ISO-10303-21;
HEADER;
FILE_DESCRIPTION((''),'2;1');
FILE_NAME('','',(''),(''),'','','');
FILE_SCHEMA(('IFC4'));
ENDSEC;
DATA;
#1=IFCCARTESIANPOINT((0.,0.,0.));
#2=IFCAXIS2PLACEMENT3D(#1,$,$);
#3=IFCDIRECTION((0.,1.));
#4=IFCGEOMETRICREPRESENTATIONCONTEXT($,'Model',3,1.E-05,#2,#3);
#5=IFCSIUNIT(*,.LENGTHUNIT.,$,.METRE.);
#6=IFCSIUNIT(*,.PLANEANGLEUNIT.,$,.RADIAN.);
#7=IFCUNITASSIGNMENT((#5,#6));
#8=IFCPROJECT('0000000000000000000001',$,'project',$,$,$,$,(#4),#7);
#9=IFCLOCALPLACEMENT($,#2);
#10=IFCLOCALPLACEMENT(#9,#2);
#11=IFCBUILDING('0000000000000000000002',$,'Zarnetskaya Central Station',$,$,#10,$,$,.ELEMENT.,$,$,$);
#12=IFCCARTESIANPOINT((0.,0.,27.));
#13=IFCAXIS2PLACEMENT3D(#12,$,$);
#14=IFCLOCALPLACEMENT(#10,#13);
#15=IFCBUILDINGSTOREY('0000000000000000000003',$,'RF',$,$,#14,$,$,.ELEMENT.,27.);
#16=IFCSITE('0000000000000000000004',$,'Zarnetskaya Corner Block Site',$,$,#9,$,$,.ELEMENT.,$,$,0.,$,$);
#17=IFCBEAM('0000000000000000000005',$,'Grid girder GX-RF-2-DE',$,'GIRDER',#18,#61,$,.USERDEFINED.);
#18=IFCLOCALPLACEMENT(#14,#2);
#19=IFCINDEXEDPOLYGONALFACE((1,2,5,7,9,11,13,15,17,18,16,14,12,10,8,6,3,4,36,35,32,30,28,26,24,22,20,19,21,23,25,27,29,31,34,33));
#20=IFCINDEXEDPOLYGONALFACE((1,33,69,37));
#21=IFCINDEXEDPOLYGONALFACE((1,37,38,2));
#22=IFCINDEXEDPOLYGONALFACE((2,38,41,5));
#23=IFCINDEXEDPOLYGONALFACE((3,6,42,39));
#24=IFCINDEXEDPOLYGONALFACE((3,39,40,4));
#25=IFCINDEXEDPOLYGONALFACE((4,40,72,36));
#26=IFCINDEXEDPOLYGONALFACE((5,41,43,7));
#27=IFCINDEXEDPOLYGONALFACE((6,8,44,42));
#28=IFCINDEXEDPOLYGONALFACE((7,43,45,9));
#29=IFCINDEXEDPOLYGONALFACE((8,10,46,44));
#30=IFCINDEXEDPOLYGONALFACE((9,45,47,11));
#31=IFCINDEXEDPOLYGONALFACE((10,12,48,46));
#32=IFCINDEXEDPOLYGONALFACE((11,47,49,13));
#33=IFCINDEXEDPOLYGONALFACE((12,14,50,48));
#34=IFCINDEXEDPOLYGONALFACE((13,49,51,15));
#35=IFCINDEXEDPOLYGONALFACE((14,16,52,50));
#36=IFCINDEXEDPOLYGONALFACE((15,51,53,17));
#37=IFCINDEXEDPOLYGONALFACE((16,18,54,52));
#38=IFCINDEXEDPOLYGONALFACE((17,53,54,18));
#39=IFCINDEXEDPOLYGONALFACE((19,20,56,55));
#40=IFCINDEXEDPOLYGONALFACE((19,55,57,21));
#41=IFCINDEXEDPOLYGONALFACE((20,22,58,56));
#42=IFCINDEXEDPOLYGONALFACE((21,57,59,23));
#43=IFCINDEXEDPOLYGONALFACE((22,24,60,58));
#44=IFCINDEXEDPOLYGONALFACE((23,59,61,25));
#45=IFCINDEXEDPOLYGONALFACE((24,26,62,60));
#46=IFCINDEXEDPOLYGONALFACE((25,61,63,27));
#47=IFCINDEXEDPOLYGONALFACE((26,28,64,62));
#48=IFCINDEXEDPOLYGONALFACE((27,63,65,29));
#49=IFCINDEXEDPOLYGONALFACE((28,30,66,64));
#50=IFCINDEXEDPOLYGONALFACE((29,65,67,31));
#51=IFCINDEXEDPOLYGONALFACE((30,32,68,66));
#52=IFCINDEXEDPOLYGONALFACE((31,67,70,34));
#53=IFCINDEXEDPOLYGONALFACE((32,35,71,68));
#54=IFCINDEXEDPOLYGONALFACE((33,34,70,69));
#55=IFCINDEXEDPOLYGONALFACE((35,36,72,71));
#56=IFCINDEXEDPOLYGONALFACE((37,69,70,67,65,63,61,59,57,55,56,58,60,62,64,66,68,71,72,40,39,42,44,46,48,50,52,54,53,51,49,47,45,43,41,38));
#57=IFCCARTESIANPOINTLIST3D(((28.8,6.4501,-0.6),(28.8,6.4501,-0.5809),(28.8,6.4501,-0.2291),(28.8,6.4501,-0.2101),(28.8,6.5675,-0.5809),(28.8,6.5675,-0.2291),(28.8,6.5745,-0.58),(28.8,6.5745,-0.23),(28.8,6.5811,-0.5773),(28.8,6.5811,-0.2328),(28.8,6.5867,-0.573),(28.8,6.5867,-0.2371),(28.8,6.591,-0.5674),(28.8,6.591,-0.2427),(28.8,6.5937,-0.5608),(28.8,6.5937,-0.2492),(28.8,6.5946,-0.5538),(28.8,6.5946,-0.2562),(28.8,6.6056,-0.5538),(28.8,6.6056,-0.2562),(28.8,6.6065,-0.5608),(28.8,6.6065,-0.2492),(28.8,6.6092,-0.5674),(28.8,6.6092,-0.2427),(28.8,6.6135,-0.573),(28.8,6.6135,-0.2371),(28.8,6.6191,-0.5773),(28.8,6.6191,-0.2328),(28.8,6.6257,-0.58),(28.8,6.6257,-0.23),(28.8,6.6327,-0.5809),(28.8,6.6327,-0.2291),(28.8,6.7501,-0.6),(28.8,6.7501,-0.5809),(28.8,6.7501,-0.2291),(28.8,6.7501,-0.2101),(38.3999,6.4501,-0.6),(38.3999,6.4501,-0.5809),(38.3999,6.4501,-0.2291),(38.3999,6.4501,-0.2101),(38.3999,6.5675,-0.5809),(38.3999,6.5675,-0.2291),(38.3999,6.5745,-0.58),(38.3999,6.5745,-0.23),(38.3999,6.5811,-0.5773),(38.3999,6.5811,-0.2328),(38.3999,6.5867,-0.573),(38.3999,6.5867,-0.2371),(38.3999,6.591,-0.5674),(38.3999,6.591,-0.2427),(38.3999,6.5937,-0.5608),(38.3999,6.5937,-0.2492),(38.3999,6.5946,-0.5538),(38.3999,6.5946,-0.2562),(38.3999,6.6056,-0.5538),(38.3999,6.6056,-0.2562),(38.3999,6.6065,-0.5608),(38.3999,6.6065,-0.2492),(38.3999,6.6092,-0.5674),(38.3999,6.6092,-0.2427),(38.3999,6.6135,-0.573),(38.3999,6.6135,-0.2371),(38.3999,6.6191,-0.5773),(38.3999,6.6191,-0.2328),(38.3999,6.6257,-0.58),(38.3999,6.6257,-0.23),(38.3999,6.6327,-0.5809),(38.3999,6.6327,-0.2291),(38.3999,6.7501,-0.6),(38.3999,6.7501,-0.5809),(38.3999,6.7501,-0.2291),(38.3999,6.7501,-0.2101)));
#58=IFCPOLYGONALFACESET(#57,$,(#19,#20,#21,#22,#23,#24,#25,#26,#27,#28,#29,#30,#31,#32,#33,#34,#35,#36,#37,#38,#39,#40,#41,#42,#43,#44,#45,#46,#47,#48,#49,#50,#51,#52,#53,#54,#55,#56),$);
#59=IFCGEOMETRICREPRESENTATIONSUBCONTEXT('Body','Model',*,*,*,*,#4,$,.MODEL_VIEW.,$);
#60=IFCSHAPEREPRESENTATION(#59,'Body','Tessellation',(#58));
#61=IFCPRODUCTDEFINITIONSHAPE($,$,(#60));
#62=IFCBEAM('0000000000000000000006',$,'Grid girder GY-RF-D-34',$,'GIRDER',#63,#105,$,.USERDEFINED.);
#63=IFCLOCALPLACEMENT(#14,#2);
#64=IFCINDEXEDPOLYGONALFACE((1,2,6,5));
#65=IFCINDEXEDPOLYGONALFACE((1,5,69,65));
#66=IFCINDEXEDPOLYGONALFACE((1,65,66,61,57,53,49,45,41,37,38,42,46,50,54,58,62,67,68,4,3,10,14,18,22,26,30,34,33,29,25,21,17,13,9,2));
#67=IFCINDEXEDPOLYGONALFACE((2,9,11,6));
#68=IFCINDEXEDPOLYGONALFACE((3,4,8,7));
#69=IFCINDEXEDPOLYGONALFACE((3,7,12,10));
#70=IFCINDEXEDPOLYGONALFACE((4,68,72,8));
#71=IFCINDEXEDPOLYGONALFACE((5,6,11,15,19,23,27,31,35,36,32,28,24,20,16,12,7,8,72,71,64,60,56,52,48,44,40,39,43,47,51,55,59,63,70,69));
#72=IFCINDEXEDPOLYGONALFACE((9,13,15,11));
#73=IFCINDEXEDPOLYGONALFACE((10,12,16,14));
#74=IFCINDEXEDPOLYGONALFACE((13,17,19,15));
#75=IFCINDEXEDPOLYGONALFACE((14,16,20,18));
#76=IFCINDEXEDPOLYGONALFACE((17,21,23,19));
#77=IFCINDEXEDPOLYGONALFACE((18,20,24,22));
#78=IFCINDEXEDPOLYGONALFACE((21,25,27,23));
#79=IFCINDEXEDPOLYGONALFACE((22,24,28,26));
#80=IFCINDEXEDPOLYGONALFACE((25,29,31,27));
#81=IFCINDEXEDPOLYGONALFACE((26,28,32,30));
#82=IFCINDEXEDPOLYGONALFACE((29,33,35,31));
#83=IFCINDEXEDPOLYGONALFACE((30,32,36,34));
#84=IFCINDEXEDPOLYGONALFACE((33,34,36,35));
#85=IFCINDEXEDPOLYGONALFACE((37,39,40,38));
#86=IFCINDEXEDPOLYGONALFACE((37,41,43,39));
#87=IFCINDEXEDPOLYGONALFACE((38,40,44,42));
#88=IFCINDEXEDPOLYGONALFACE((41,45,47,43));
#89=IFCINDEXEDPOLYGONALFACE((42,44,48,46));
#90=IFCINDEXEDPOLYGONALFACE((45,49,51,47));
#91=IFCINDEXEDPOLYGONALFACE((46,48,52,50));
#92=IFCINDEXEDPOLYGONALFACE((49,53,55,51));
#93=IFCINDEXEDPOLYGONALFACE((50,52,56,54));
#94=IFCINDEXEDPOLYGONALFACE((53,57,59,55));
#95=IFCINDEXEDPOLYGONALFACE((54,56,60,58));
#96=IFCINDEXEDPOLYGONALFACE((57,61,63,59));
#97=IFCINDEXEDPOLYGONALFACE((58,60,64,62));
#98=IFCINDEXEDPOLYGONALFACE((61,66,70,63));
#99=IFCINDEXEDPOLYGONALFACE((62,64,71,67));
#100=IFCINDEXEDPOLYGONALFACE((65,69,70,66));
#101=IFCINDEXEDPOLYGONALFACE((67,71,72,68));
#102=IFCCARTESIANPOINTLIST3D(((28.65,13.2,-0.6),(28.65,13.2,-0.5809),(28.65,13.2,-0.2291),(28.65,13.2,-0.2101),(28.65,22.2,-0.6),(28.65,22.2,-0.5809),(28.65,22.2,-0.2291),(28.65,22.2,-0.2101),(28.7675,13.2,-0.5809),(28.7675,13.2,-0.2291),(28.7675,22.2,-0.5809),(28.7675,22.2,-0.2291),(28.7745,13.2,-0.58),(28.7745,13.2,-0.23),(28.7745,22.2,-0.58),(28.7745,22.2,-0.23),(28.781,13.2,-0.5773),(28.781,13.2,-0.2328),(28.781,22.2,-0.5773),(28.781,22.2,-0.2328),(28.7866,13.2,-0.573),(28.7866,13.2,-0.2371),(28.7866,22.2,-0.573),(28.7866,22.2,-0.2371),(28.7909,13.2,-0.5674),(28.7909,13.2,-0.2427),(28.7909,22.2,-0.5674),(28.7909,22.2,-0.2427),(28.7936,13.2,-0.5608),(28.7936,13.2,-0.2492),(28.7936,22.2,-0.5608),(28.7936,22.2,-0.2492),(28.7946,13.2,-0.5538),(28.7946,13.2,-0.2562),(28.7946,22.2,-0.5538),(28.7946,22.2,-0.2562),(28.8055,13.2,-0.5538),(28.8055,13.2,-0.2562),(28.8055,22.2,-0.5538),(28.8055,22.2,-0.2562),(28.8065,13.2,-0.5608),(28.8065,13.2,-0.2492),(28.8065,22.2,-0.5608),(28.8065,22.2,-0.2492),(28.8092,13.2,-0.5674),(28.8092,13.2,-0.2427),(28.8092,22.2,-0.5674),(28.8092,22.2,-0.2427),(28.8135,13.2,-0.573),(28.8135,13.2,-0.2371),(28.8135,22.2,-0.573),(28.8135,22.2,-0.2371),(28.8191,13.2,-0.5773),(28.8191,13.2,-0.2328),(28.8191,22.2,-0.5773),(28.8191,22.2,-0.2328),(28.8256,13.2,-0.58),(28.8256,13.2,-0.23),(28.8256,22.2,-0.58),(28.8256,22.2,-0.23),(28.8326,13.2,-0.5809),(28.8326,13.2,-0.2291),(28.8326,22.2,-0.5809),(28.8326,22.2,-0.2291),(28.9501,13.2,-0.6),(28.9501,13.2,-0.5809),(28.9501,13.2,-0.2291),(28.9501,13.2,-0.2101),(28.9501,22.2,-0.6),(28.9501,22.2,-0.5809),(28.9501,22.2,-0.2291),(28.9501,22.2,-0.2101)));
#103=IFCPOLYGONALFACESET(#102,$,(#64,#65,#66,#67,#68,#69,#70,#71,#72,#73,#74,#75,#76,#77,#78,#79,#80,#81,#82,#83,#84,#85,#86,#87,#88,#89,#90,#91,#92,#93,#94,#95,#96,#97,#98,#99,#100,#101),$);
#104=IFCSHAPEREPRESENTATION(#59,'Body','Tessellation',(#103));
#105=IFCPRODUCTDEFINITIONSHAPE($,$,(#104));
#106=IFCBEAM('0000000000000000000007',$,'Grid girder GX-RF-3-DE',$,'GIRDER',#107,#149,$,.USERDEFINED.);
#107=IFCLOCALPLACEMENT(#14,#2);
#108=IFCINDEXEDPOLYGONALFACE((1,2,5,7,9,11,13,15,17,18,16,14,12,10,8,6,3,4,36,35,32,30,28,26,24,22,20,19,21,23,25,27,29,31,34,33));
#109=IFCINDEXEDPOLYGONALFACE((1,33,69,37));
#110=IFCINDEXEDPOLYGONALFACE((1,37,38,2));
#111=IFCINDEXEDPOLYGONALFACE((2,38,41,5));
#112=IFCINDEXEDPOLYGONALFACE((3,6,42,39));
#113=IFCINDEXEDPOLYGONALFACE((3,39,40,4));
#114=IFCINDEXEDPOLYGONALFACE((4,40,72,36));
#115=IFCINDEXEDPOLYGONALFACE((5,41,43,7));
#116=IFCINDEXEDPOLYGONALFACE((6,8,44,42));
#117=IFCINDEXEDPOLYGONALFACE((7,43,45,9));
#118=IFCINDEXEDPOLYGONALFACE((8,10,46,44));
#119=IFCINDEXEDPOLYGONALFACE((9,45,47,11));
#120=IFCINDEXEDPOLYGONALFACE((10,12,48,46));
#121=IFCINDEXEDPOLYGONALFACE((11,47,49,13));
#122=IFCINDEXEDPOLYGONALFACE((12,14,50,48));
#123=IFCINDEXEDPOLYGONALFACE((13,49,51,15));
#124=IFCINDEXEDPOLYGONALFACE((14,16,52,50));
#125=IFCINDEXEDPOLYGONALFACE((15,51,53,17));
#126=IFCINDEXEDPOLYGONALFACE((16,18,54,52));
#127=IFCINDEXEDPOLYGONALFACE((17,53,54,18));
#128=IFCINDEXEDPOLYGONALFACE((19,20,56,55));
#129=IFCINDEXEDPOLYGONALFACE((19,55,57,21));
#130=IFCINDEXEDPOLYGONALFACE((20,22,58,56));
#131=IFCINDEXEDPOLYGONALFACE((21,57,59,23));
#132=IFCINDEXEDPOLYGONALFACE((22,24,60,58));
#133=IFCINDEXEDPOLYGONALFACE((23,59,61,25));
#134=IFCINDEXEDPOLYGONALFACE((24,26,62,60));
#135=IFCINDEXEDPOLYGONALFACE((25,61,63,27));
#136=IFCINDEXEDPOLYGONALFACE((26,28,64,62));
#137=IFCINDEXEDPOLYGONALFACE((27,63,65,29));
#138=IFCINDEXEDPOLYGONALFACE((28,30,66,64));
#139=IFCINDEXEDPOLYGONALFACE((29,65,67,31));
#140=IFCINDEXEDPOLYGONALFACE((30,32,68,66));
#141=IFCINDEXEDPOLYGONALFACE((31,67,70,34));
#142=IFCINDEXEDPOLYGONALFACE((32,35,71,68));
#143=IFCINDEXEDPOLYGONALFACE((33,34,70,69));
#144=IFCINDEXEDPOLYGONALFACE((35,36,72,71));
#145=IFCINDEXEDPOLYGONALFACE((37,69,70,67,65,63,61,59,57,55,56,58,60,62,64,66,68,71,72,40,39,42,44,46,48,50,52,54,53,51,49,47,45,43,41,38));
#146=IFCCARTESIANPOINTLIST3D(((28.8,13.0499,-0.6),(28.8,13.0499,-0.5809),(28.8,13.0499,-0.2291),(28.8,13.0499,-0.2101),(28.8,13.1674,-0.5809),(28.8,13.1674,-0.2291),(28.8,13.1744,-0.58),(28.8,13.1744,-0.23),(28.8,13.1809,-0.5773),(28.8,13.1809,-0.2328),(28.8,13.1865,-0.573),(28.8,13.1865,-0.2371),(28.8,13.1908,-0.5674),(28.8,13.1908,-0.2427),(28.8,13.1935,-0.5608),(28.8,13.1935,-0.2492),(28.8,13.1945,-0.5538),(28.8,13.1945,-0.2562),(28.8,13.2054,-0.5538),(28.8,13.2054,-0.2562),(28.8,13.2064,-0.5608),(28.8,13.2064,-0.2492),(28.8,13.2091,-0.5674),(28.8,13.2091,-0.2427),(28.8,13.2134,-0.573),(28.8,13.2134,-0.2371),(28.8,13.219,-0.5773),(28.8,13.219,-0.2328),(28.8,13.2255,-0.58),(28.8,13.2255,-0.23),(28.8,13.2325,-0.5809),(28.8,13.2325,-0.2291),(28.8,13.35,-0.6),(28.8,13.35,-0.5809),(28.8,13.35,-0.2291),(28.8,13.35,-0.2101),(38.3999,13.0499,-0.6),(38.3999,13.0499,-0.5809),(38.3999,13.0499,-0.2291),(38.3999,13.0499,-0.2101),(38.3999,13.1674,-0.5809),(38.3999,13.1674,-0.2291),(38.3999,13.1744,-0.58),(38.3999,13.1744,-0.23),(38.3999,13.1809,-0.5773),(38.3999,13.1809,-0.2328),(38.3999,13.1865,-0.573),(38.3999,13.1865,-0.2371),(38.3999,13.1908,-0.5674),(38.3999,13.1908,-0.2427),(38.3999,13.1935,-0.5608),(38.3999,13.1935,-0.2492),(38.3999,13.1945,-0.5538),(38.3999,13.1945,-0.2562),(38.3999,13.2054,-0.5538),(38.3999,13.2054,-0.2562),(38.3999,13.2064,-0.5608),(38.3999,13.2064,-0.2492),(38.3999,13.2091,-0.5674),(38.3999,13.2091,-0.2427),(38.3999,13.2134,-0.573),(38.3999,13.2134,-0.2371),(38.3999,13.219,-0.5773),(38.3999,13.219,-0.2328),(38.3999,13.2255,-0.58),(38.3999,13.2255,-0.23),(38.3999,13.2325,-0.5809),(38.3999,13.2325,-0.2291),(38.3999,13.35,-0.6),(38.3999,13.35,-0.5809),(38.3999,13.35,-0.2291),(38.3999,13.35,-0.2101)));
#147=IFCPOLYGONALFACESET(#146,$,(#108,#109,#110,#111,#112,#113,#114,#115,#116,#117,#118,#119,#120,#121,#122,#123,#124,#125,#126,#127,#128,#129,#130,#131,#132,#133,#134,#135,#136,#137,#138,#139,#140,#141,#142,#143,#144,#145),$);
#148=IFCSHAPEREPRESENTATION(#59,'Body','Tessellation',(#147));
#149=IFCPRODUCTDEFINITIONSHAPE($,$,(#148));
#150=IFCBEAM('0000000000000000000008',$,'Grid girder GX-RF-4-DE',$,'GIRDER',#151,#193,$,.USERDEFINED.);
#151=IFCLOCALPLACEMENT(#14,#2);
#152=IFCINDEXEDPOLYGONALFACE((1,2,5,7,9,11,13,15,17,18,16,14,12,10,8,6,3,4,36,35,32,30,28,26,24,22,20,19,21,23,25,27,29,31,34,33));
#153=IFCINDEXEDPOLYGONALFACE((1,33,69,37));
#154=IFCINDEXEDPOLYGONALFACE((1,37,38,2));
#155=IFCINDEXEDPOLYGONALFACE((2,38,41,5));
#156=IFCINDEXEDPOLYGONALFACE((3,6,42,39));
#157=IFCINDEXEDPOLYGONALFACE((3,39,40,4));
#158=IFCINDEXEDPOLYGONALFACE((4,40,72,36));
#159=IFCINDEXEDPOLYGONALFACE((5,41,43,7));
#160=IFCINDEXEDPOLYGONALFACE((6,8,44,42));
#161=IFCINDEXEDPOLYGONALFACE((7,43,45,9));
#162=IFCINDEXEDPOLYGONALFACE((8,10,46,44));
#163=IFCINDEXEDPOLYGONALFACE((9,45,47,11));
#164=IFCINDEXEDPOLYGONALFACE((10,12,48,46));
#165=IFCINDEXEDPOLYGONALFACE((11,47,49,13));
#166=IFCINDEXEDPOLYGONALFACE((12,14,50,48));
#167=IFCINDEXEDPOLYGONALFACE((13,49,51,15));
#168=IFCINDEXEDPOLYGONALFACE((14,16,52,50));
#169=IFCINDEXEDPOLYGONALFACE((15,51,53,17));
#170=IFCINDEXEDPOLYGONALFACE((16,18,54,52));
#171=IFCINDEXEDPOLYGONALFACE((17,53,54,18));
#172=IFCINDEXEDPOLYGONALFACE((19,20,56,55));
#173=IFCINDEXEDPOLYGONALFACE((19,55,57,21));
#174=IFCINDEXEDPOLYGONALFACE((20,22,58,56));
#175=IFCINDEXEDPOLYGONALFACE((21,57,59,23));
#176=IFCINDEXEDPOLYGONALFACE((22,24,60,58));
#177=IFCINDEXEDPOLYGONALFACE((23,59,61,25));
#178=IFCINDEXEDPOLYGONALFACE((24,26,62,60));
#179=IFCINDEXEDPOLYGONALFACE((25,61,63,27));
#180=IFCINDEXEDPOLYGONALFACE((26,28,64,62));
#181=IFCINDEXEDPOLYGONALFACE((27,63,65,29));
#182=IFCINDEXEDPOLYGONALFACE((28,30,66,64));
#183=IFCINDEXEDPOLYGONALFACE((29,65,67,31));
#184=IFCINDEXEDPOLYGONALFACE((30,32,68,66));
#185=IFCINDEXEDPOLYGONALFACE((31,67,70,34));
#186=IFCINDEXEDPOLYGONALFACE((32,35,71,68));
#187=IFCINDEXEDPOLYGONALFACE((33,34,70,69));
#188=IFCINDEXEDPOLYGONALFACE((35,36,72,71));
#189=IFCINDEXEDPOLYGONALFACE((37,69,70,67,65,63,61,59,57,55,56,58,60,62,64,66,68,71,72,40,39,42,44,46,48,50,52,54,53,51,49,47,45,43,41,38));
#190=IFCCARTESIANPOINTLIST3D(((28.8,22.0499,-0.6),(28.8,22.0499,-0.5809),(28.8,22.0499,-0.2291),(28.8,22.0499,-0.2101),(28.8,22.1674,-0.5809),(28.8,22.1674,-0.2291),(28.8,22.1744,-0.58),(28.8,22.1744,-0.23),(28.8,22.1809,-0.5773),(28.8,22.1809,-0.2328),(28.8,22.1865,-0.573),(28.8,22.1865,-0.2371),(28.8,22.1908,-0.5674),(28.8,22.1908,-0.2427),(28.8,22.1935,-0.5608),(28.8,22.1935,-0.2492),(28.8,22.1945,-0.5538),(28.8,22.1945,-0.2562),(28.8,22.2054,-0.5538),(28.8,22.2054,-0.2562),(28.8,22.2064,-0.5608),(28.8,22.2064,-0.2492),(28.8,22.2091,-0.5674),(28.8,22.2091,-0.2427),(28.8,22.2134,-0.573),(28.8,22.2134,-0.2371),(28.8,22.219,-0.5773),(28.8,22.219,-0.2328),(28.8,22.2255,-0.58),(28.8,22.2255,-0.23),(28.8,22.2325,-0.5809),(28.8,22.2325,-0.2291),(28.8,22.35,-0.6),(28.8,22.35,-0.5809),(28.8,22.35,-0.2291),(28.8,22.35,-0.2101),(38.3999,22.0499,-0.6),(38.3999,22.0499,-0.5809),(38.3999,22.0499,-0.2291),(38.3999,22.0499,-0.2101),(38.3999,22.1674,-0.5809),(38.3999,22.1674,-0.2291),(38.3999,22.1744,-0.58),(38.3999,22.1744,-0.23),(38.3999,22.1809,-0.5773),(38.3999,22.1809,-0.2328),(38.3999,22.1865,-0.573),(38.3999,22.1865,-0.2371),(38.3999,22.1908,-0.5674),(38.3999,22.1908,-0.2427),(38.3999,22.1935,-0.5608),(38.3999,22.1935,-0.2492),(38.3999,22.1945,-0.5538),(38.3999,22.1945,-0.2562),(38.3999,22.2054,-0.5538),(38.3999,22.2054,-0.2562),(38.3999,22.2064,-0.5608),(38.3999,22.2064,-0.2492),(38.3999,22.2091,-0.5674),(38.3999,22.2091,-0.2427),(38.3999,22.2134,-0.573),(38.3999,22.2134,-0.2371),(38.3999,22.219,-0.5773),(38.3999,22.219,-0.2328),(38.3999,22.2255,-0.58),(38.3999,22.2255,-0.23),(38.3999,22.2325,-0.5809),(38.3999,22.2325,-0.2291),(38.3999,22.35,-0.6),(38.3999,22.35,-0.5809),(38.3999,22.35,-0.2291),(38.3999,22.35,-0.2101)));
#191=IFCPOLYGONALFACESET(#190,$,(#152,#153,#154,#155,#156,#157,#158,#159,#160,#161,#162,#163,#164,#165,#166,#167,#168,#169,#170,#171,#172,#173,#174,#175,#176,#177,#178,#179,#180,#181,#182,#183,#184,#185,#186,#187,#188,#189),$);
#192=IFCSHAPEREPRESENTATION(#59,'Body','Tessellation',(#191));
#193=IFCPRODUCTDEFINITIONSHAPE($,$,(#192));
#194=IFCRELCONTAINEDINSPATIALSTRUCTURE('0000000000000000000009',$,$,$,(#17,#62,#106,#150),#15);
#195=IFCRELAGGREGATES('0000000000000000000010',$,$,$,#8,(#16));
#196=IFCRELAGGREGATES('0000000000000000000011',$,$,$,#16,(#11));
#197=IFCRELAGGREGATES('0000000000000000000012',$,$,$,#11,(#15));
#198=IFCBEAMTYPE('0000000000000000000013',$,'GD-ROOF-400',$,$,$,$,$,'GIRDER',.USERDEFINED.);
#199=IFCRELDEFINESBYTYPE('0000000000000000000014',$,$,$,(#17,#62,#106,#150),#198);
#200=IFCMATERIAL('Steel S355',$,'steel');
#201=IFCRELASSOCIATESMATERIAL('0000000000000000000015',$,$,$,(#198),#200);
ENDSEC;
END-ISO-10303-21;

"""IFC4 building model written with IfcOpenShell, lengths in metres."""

from ifc_helpers import new_model, si_unit, direction, frame, origin, origin_2d, place, context, subcontext, project, spatial, i_section, extrude, material, material_profile, profile_set, type_object, element, save


model = new_model("IFC4")

# Units and contexts
model_context = context("Model", 3, precision=1e-05, world=origin(), true_north=direction((0.0, 1.0)))
body_context = subcontext(model_context, "Body", "Model", "MODEL_VIEW")
ifc_project = project(units=[si_unit("LENGTHUNIT", "METRE"), si_unit("PLANEANGLEUNIT", "RADIAN")], contexts=[model_context])

# Site, building, storey
site_placement = place(None, origin())
site = spatial("IfcSite", under=ifc_project, at=site_placement, Name="Zarnetskaya Corner Block Site", CompositionType="ELEMENT", RefElevation=0.0)
building_placement = place(site_placement, origin())
building = spatial("IfcBuilding", under=site, at=building_placement, Name="Zarnetskaya Central Station", CompositionType="ELEMENT")
storey_placement = place(building_placement, frame((0.0, 0.0, 27.0)))
storey = spatial("IfcBuildingStorey", under=building, at=storey_placement, Name="RF", CompositionType="ELEMENT", Elevation=27.0)

# Beams
ifc_material_1 = material(Name="Steel S355", Category="steel")
ifc_material_profile_1 = material_profile(ifc_material_1, i_section(OverallWidth=0.3, OverallDepth=0.3899, WebThickness=0.011, FlangeThickness=0.019, FilletRadius=0.0271, at=origin_2d()), Name="HEA 400")
ifc_profile_set_1 = profile_set([ifc_material_profile_1], Name="Steel S355")
beam_type_1 = type_object("IfcBeamType", Name="GD-ROOF-400", ElementType="GIRDER", PredefinedType="USERDEFINED", material=ifc_profile_set_1)
beam_1_placement = place(storey_placement, frame((28.8, 6.6001, -0.405), z_axis=(1.0, 0.0, 0.0), x_axis=(0.0, 1.0, 0.0)))
element("IfcBeam", 1, at=beam_1_placement, inside=storey, type_object=beam_type_1, Name="Grid girder GX-RF-2-DE", ObjectType="GIRDER", PredefinedType="USERDEFINED", context=body_context, shape_type="SweptSolid", body=[
    extrude(i_section(OverallWidth=0.3, OverallDepth=0.3899, WebThickness=0.011, FlangeThickness=0.019, FilletRadius=0.0271, at=origin_2d()), origin(), (0.0, 0.0, 1.0), 9.5999),
])
beam_2_placement = place(storey_placement, frame((28.8, 13.2, -0.405), z_axis=(0.0, 1.0, 0.0), x_axis=(-1.0, 0.0, 0.0)))
element("IfcBeam", 2, at=beam_2_placement, inside=storey, type_object=beam_type_1, Name="Grid girder GY-RF-D-34", ObjectType="GIRDER", PredefinedType="USERDEFINED", context=body_context, shape_type="SweptSolid", body=[
    extrude(i_section(OverallWidth=0.3, OverallDepth=0.3899, WebThickness=0.011, FlangeThickness=0.019, FilletRadius=0.0271, at=origin_2d()), origin(), (0.0, 0.0, 1.0), 9.0),
])
for number, where, z_axis, x_axis, name in (
    (3, (28.8, 13.2, -0.405), (1.0, 0.0, 0.0), (0.0, 1.0, 0.0), "Grid girder GX-RF-3-DE"),
    (4, (28.8, 22.2, -0.405), (1.0, 0.0, 0.0), (0.0, 1.0, 0.0), "Grid girder GX-RF-4-DE"),
):
    element("IfcBeam", number, at=place(storey_placement, frame(where, z_axis=z_axis, x_axis=x_axis)), inside=storey, type_object=beam_type_1, Name=name, ObjectType="GIRDER", PredefinedType="USERDEFINED", context=body_context, shape_type="SweptSolid", body=[
        extrude(i_section(OverallWidth=0.3, OverallDepth=0.3899, WebThickness=0.011, FlangeThickness=0.019, FilletRadius=0.0271, at=origin_2d()), origin(), (0.0, 0.0, 1.0), 9.5999),
    ])

save(model, "model.ifc")
